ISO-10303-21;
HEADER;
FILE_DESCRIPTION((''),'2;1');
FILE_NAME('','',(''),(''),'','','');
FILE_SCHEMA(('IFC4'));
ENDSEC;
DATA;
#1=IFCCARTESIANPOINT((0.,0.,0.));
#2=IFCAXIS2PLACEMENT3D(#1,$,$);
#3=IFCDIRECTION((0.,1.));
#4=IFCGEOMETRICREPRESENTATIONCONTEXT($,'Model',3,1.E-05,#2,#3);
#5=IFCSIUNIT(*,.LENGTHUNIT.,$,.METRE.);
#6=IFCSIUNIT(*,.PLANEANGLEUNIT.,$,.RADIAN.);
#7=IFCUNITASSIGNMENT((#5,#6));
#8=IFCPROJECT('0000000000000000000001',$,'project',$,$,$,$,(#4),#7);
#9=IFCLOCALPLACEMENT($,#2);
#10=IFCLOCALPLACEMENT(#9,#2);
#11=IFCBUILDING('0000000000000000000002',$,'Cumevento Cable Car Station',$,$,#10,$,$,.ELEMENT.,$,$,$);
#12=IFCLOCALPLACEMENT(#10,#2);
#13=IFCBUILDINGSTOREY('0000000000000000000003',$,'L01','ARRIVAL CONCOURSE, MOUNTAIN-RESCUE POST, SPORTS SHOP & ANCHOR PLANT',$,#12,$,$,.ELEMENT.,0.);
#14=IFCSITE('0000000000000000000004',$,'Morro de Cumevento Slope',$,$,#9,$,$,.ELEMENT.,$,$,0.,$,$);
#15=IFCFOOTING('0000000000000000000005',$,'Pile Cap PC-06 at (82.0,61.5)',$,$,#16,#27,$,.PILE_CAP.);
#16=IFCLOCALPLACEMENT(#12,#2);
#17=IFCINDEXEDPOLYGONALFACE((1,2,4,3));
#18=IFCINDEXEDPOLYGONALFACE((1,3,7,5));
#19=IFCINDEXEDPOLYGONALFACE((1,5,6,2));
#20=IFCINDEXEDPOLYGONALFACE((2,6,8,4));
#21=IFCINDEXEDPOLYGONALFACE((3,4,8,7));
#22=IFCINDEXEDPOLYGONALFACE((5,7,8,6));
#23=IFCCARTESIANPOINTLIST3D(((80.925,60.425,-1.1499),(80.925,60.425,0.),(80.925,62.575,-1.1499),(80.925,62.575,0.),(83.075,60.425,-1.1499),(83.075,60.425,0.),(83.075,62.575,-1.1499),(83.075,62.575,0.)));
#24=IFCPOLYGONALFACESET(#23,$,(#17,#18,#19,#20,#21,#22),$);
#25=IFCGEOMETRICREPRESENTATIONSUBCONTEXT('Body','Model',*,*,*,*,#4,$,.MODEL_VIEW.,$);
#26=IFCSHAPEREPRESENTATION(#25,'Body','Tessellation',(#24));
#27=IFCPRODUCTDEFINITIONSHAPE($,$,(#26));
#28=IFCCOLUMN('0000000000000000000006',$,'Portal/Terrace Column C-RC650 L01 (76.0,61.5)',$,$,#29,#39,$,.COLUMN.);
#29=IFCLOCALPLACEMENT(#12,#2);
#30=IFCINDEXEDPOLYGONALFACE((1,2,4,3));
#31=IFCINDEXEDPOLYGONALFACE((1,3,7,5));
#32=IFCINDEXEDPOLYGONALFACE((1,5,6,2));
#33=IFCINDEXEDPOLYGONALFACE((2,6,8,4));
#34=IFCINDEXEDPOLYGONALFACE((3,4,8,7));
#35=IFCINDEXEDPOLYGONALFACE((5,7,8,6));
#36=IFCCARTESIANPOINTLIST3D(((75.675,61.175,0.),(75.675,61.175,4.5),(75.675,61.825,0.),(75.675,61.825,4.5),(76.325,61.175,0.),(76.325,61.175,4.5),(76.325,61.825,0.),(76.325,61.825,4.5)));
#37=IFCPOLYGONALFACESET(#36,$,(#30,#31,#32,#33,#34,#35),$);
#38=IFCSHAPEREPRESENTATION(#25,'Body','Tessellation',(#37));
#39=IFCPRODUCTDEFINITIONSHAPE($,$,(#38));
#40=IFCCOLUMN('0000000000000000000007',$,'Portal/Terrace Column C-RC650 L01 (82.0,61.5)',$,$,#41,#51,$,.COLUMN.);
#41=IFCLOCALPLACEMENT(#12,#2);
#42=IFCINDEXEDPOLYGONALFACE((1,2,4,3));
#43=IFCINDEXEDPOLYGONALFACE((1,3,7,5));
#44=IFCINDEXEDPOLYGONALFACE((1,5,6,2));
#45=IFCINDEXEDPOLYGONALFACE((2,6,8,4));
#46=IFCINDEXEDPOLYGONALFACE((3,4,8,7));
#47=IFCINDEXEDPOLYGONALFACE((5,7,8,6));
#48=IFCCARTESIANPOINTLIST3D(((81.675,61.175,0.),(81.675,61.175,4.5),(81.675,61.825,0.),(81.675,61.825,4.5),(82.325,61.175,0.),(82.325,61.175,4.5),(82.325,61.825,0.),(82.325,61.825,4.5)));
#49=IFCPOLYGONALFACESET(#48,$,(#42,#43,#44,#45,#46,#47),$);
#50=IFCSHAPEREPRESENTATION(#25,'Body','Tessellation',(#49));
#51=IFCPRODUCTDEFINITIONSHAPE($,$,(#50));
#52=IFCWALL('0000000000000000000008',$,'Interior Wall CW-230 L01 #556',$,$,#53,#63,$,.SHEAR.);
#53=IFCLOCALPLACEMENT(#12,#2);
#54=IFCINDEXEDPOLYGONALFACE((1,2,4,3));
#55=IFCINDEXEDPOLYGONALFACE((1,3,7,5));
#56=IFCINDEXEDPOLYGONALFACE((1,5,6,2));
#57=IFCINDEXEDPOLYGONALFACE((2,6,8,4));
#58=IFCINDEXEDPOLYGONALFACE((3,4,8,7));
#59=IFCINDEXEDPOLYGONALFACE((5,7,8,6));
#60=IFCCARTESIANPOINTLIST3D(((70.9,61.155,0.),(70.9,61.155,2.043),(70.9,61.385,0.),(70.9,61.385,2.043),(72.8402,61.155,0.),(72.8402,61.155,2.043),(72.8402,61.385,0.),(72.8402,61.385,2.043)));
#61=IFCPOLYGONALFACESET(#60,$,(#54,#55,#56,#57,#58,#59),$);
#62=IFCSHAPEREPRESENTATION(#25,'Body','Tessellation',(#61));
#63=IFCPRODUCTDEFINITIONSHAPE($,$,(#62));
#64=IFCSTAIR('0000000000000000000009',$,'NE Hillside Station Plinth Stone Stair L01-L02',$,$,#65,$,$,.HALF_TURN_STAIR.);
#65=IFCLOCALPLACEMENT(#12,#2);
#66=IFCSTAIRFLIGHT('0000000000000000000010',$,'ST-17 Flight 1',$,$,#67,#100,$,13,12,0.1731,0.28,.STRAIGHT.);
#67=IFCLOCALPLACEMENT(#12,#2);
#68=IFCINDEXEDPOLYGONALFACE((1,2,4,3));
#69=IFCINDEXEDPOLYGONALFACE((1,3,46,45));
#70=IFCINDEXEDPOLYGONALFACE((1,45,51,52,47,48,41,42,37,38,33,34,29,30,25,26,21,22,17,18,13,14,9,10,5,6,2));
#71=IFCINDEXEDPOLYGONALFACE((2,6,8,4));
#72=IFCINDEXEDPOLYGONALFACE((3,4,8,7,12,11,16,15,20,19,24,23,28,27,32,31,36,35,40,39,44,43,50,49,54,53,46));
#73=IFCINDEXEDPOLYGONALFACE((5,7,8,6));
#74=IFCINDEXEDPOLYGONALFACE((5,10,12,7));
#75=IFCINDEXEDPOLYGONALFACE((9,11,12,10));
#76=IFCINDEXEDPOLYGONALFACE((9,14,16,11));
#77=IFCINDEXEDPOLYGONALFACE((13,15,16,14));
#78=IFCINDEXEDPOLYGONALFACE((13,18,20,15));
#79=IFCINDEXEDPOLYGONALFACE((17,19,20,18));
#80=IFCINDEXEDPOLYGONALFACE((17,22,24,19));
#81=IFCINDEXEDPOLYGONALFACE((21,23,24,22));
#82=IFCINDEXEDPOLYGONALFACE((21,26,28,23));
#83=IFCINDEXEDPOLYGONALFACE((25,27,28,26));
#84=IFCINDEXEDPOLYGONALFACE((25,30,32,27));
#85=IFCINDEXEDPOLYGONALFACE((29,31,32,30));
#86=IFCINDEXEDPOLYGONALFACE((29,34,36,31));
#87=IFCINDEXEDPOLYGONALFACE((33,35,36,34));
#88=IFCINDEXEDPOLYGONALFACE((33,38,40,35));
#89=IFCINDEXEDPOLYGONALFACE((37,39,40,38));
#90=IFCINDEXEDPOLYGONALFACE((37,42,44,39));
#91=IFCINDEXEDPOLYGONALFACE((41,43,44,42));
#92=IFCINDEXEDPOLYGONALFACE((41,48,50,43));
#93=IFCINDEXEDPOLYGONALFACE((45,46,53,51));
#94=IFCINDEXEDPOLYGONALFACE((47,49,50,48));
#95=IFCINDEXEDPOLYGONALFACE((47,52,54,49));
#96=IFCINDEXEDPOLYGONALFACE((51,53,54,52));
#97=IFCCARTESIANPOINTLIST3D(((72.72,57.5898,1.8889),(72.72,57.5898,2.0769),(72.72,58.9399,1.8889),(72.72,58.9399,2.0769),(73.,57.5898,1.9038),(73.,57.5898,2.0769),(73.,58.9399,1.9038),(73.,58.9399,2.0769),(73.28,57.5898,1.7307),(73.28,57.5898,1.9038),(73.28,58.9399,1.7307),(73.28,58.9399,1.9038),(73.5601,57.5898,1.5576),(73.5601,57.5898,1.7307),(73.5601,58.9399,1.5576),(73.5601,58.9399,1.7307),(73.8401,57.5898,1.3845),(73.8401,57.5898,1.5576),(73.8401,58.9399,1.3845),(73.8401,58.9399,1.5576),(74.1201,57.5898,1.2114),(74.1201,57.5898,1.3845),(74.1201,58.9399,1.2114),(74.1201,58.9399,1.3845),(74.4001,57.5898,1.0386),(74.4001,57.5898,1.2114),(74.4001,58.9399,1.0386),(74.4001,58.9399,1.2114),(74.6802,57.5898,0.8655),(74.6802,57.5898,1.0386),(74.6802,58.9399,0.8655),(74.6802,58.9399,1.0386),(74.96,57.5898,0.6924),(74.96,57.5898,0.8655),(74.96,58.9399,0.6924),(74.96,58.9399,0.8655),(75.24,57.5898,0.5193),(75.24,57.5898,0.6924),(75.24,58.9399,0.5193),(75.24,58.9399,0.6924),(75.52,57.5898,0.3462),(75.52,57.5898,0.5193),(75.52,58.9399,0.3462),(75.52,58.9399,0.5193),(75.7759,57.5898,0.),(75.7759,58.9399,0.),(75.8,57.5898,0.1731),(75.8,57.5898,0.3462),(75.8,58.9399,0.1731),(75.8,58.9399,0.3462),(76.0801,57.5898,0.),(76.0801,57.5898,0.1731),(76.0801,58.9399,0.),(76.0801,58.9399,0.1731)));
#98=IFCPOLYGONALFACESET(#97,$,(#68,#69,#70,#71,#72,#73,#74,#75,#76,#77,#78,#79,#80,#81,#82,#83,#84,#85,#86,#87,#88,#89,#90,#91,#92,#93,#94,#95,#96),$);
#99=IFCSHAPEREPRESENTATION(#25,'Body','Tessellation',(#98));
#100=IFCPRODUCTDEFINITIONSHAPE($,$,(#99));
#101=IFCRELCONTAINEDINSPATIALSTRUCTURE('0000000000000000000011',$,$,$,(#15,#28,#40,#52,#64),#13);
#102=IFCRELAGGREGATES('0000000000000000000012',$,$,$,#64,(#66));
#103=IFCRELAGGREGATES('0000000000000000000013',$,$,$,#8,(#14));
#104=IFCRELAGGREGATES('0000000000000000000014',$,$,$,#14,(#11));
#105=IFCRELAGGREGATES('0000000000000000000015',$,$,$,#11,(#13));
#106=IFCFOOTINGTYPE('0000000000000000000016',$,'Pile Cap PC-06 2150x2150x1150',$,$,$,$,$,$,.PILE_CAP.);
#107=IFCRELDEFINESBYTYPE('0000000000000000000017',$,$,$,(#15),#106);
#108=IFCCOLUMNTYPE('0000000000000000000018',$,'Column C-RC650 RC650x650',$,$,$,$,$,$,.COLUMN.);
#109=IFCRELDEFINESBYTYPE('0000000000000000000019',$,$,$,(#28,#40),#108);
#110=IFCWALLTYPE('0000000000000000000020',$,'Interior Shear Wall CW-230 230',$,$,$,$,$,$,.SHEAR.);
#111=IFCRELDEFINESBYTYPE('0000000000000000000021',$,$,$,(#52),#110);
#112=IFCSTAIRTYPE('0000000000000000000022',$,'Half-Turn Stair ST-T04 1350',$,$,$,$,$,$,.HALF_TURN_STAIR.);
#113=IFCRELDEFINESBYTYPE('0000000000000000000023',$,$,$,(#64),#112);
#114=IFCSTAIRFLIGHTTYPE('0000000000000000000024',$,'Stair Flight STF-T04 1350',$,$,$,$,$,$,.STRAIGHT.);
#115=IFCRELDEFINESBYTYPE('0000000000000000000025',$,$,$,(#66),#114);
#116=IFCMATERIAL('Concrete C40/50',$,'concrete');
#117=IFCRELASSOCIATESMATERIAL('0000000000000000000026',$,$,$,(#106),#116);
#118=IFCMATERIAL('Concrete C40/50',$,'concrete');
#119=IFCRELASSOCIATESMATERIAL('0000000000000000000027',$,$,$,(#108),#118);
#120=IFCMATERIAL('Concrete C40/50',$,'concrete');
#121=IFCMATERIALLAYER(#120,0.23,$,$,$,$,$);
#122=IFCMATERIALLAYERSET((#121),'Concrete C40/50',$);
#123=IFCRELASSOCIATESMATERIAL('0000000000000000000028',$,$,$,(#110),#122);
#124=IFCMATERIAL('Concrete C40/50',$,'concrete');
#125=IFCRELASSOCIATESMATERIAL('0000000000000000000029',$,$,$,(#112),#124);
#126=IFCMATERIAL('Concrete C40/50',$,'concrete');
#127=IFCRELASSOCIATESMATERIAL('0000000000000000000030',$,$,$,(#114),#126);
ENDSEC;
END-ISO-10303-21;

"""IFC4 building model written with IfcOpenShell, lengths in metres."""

from ifc_helpers import new_model, si_unit, direction, frame, frame_2d, origin, origin_2d, place, context, subcontext, project, spatial, polyline, rectangle, outline, extrude, material, layer, layer_set, material_profile, profile_set, type_object, element, aggregate, save


model = new_model("IFC4")

# Units and contexts
model_context = context("Model", 3, precision=1e-05, world=origin(), true_north=direction((0.0, 1.0)))
body_context = subcontext(model_context, "Body", "Model", "MODEL_VIEW")
ifc_project = project(units=[si_unit("LENGTHUNIT", "METRE"), si_unit("PLANEANGLEUNIT", "RADIAN")], contexts=[model_context])

# Site, building, storey
site_placement = place(None, origin())
site = spatial("IfcSite", under=ifc_project, at=site_placement, Name="Morro de Cumevento Slope", CompositionType="ELEMENT", RefElevation=0.0)
building_placement = place(site_placement, origin())
building = spatial("IfcBuilding", under=site, at=building_placement, Name="Cumevento Cable Car Station", CompositionType="ELEMENT")
storey_placement = place(building_placement, origin())
storey = spatial("IfcBuildingStorey", under=building, at=storey_placement, Name="L01", Description="ARRIVAL CONCOURSE, MOUNTAIN-RESCUE POST, SPORTS SHOP & ANCHOR PLANT", CompositionType="ELEMENT", Elevation=0.0)

# Footing
ifc_material_1 = material(Name="Concrete C40/50", Category="concrete")
footing_type = type_object("IfcFootingType", Name="Pile Cap PC-06 2150x2150x1150", PredefinedType="PILE_CAP", material=ifc_material_1)
for number, where, z_axis, x_axis, name in (
    (1, (82.0, 61.5, -1.1499), (0.0, 0.0, 1.0), (1.0, 0.0, 0.0), "Pile Cap PC-06 at (82.0,61.5)"),
):
    element("IfcFooting", number, at=place(storey_placement, frame(where, z_axis=z_axis, x_axis=x_axis)), inside=storey, type_object=footing_type, Name=name, PredefinedType="PILE_CAP", context=body_context, shape_type="SweptSolid", body=[
        extrude(rectangle(XDim=2.1499, YDim=2.1499, at=origin_2d()), origin(), (0.0, 0.0, 1.0), 1.1499),
    ])

# Columns
ifc_material_2 = material(Name="Concrete C40/50", Category="concrete")
ifc_material_profile_1 = material_profile(ifc_material_2, rectangle(XDim=0.6499, YDim=0.6499, at=origin_2d()), Name="RC650x650")
ifc_profile_set_1 = profile_set([ifc_material_profile_1], Name="Concrete C40/50")
column_type = type_object("IfcColumnType", Name="Column C-RC650 RC650x650", PredefinedType="COLUMN", material=ifc_profile_set_1)
for number, where, z_axis, x_axis, name in (
    (2, (76.0, 61.5, 0.0), (0.0, 0.0, 1.0), (1.0, 0.0, 0.0), "Portal/Terrace Column C-RC650 L01 (76.0,61.5)"),
    (3, (82.0, 61.5, 0.0), (0.0, 0.0, 1.0), (1.0, 0.0, 0.0), "Portal/Terrace Column C-RC650 L01 (82.0,61.5)"),
):
    element("IfcColumn", number, at=place(storey_placement, frame(where, z_axis=z_axis, x_axis=x_axis)), inside=storey, type_object=column_type, Name=name, PredefinedType="COLUMN", context=body_context, shape_type="SweptSolid", body=[
        extrude(rectangle(XDim=0.6499, YDim=0.6499, at=origin_2d()), origin(), (0.0, 0.0, 1.0), 4.5),
    ])

# Wall
ifc_material_3 = material(Name="Concrete C40/50", Category="concrete")
ifc_layer = layer(ifc_material_3, 0.23)
ifc_layer_set = layer_set([ifc_layer], Name="Concrete C40/50")
wall_type = type_object("IfcWallType", Name="Interior Shear Wall CW-230 230", PredefinedType="SHEAR", material=ifc_layer_set)
wall_placement = place(storey_placement, frame((70.8999, 61.27, 0.0), z_axis=(0.0, 0.0, 1.0), x_axis=(1.0, 0.0, 0.0)))
element("IfcWall", 4, at=wall_placement, inside=storey, type_object=wall_type, Name="Interior Wall CW-230 L01 #556", PredefinedType="SHEAR", context=body_context, shape_type="SweptSolid", body=[
    extrude(rectangle(XDim=1.9402, YDim=0.23, at=frame_2d((0.9702, 0.0))), origin(), (0.0, 0.0, 1.0), 2.043),
])

# Stair, stair flight
ifc_material_4 = material(Name="Concrete C40/50", Category="concrete")
stair_type = type_object("IfcStairType", Name="Half-Turn Stair ST-T04 1350", PredefinedType="HALF_TURN_STAIR", material=ifc_material_4)
stair_placement = place(storey_placement, origin())
stair = element("IfcStair", 5, at=stair_placement, inside=storey, type_object=stair_type, Name="NE Hillside Station Plinth Stone Stair L01-L02", PredefinedType="HALF_TURN_STAIR")
ifc_material_5 = material(Name="Concrete C40/50", Category="concrete")
stair_flight_type = type_object("IfcStairFlightType", Name="Stair Flight STF-T04 1350", PredefinedType="STRAIGHT", material=ifc_material_5)
stair_flight_placement = place(storey_placement, frame((76.0801, 58.2649, 0.0), z_axis=(0.0, 0.0, 1.0), x_axis=(-1.0, 0.0, 0.0)))
stair_flight = element("IfcStairFlight", 6, at=stair_flight_placement, type_object=stair_flight_type, Name="ST-17 Flight 1", NumberOfRisers=13, NumberOfTreads=12, PredefinedType="STRAIGHT", RiserHeight=0.1731, TreadLength=0.28, context=body_context, shape_type="SweptSolid", body=[
    extrude(outline(polyline([(0.0, 0.0), (0.0, 0.1731), (0.28, 0.1731), (0.28, 0.3462), (0.5601, 0.3462), (0.5601, 0.5193), (0.8401, 0.5193), (0.8401, 0.6924), (1.1201, 0.6924), (1.1201, 0.8655), (1.3999, 0.8655), (1.3999, 1.0386), (1.6799, 1.0386), (1.6799, 1.2114), (1.96, 1.2114), (1.96, 1.3845), (2.24, 1.3845), (2.24, 1.5576), (2.52, 1.5576), (2.52, 1.7307), (2.8, 1.7307), (2.8, 1.9038), (3.0801, 1.9038), (3.0801, 2.0769), (3.3601, 2.0769), (3.3601, 2.25), (3.3601, 1.8889), (0.3042, 0.0), (0.0, 0.0)])), frame((0.0, 0.675, 0.0), z_axis=(0.0, -1.0, 0.0), x_axis=(1.0, 0.0, 0.0)), (0.0, 0.0, 1.0), 1.3501),
])
aggregate(stair, [stair_flight])

save(model, "model.ifc")
